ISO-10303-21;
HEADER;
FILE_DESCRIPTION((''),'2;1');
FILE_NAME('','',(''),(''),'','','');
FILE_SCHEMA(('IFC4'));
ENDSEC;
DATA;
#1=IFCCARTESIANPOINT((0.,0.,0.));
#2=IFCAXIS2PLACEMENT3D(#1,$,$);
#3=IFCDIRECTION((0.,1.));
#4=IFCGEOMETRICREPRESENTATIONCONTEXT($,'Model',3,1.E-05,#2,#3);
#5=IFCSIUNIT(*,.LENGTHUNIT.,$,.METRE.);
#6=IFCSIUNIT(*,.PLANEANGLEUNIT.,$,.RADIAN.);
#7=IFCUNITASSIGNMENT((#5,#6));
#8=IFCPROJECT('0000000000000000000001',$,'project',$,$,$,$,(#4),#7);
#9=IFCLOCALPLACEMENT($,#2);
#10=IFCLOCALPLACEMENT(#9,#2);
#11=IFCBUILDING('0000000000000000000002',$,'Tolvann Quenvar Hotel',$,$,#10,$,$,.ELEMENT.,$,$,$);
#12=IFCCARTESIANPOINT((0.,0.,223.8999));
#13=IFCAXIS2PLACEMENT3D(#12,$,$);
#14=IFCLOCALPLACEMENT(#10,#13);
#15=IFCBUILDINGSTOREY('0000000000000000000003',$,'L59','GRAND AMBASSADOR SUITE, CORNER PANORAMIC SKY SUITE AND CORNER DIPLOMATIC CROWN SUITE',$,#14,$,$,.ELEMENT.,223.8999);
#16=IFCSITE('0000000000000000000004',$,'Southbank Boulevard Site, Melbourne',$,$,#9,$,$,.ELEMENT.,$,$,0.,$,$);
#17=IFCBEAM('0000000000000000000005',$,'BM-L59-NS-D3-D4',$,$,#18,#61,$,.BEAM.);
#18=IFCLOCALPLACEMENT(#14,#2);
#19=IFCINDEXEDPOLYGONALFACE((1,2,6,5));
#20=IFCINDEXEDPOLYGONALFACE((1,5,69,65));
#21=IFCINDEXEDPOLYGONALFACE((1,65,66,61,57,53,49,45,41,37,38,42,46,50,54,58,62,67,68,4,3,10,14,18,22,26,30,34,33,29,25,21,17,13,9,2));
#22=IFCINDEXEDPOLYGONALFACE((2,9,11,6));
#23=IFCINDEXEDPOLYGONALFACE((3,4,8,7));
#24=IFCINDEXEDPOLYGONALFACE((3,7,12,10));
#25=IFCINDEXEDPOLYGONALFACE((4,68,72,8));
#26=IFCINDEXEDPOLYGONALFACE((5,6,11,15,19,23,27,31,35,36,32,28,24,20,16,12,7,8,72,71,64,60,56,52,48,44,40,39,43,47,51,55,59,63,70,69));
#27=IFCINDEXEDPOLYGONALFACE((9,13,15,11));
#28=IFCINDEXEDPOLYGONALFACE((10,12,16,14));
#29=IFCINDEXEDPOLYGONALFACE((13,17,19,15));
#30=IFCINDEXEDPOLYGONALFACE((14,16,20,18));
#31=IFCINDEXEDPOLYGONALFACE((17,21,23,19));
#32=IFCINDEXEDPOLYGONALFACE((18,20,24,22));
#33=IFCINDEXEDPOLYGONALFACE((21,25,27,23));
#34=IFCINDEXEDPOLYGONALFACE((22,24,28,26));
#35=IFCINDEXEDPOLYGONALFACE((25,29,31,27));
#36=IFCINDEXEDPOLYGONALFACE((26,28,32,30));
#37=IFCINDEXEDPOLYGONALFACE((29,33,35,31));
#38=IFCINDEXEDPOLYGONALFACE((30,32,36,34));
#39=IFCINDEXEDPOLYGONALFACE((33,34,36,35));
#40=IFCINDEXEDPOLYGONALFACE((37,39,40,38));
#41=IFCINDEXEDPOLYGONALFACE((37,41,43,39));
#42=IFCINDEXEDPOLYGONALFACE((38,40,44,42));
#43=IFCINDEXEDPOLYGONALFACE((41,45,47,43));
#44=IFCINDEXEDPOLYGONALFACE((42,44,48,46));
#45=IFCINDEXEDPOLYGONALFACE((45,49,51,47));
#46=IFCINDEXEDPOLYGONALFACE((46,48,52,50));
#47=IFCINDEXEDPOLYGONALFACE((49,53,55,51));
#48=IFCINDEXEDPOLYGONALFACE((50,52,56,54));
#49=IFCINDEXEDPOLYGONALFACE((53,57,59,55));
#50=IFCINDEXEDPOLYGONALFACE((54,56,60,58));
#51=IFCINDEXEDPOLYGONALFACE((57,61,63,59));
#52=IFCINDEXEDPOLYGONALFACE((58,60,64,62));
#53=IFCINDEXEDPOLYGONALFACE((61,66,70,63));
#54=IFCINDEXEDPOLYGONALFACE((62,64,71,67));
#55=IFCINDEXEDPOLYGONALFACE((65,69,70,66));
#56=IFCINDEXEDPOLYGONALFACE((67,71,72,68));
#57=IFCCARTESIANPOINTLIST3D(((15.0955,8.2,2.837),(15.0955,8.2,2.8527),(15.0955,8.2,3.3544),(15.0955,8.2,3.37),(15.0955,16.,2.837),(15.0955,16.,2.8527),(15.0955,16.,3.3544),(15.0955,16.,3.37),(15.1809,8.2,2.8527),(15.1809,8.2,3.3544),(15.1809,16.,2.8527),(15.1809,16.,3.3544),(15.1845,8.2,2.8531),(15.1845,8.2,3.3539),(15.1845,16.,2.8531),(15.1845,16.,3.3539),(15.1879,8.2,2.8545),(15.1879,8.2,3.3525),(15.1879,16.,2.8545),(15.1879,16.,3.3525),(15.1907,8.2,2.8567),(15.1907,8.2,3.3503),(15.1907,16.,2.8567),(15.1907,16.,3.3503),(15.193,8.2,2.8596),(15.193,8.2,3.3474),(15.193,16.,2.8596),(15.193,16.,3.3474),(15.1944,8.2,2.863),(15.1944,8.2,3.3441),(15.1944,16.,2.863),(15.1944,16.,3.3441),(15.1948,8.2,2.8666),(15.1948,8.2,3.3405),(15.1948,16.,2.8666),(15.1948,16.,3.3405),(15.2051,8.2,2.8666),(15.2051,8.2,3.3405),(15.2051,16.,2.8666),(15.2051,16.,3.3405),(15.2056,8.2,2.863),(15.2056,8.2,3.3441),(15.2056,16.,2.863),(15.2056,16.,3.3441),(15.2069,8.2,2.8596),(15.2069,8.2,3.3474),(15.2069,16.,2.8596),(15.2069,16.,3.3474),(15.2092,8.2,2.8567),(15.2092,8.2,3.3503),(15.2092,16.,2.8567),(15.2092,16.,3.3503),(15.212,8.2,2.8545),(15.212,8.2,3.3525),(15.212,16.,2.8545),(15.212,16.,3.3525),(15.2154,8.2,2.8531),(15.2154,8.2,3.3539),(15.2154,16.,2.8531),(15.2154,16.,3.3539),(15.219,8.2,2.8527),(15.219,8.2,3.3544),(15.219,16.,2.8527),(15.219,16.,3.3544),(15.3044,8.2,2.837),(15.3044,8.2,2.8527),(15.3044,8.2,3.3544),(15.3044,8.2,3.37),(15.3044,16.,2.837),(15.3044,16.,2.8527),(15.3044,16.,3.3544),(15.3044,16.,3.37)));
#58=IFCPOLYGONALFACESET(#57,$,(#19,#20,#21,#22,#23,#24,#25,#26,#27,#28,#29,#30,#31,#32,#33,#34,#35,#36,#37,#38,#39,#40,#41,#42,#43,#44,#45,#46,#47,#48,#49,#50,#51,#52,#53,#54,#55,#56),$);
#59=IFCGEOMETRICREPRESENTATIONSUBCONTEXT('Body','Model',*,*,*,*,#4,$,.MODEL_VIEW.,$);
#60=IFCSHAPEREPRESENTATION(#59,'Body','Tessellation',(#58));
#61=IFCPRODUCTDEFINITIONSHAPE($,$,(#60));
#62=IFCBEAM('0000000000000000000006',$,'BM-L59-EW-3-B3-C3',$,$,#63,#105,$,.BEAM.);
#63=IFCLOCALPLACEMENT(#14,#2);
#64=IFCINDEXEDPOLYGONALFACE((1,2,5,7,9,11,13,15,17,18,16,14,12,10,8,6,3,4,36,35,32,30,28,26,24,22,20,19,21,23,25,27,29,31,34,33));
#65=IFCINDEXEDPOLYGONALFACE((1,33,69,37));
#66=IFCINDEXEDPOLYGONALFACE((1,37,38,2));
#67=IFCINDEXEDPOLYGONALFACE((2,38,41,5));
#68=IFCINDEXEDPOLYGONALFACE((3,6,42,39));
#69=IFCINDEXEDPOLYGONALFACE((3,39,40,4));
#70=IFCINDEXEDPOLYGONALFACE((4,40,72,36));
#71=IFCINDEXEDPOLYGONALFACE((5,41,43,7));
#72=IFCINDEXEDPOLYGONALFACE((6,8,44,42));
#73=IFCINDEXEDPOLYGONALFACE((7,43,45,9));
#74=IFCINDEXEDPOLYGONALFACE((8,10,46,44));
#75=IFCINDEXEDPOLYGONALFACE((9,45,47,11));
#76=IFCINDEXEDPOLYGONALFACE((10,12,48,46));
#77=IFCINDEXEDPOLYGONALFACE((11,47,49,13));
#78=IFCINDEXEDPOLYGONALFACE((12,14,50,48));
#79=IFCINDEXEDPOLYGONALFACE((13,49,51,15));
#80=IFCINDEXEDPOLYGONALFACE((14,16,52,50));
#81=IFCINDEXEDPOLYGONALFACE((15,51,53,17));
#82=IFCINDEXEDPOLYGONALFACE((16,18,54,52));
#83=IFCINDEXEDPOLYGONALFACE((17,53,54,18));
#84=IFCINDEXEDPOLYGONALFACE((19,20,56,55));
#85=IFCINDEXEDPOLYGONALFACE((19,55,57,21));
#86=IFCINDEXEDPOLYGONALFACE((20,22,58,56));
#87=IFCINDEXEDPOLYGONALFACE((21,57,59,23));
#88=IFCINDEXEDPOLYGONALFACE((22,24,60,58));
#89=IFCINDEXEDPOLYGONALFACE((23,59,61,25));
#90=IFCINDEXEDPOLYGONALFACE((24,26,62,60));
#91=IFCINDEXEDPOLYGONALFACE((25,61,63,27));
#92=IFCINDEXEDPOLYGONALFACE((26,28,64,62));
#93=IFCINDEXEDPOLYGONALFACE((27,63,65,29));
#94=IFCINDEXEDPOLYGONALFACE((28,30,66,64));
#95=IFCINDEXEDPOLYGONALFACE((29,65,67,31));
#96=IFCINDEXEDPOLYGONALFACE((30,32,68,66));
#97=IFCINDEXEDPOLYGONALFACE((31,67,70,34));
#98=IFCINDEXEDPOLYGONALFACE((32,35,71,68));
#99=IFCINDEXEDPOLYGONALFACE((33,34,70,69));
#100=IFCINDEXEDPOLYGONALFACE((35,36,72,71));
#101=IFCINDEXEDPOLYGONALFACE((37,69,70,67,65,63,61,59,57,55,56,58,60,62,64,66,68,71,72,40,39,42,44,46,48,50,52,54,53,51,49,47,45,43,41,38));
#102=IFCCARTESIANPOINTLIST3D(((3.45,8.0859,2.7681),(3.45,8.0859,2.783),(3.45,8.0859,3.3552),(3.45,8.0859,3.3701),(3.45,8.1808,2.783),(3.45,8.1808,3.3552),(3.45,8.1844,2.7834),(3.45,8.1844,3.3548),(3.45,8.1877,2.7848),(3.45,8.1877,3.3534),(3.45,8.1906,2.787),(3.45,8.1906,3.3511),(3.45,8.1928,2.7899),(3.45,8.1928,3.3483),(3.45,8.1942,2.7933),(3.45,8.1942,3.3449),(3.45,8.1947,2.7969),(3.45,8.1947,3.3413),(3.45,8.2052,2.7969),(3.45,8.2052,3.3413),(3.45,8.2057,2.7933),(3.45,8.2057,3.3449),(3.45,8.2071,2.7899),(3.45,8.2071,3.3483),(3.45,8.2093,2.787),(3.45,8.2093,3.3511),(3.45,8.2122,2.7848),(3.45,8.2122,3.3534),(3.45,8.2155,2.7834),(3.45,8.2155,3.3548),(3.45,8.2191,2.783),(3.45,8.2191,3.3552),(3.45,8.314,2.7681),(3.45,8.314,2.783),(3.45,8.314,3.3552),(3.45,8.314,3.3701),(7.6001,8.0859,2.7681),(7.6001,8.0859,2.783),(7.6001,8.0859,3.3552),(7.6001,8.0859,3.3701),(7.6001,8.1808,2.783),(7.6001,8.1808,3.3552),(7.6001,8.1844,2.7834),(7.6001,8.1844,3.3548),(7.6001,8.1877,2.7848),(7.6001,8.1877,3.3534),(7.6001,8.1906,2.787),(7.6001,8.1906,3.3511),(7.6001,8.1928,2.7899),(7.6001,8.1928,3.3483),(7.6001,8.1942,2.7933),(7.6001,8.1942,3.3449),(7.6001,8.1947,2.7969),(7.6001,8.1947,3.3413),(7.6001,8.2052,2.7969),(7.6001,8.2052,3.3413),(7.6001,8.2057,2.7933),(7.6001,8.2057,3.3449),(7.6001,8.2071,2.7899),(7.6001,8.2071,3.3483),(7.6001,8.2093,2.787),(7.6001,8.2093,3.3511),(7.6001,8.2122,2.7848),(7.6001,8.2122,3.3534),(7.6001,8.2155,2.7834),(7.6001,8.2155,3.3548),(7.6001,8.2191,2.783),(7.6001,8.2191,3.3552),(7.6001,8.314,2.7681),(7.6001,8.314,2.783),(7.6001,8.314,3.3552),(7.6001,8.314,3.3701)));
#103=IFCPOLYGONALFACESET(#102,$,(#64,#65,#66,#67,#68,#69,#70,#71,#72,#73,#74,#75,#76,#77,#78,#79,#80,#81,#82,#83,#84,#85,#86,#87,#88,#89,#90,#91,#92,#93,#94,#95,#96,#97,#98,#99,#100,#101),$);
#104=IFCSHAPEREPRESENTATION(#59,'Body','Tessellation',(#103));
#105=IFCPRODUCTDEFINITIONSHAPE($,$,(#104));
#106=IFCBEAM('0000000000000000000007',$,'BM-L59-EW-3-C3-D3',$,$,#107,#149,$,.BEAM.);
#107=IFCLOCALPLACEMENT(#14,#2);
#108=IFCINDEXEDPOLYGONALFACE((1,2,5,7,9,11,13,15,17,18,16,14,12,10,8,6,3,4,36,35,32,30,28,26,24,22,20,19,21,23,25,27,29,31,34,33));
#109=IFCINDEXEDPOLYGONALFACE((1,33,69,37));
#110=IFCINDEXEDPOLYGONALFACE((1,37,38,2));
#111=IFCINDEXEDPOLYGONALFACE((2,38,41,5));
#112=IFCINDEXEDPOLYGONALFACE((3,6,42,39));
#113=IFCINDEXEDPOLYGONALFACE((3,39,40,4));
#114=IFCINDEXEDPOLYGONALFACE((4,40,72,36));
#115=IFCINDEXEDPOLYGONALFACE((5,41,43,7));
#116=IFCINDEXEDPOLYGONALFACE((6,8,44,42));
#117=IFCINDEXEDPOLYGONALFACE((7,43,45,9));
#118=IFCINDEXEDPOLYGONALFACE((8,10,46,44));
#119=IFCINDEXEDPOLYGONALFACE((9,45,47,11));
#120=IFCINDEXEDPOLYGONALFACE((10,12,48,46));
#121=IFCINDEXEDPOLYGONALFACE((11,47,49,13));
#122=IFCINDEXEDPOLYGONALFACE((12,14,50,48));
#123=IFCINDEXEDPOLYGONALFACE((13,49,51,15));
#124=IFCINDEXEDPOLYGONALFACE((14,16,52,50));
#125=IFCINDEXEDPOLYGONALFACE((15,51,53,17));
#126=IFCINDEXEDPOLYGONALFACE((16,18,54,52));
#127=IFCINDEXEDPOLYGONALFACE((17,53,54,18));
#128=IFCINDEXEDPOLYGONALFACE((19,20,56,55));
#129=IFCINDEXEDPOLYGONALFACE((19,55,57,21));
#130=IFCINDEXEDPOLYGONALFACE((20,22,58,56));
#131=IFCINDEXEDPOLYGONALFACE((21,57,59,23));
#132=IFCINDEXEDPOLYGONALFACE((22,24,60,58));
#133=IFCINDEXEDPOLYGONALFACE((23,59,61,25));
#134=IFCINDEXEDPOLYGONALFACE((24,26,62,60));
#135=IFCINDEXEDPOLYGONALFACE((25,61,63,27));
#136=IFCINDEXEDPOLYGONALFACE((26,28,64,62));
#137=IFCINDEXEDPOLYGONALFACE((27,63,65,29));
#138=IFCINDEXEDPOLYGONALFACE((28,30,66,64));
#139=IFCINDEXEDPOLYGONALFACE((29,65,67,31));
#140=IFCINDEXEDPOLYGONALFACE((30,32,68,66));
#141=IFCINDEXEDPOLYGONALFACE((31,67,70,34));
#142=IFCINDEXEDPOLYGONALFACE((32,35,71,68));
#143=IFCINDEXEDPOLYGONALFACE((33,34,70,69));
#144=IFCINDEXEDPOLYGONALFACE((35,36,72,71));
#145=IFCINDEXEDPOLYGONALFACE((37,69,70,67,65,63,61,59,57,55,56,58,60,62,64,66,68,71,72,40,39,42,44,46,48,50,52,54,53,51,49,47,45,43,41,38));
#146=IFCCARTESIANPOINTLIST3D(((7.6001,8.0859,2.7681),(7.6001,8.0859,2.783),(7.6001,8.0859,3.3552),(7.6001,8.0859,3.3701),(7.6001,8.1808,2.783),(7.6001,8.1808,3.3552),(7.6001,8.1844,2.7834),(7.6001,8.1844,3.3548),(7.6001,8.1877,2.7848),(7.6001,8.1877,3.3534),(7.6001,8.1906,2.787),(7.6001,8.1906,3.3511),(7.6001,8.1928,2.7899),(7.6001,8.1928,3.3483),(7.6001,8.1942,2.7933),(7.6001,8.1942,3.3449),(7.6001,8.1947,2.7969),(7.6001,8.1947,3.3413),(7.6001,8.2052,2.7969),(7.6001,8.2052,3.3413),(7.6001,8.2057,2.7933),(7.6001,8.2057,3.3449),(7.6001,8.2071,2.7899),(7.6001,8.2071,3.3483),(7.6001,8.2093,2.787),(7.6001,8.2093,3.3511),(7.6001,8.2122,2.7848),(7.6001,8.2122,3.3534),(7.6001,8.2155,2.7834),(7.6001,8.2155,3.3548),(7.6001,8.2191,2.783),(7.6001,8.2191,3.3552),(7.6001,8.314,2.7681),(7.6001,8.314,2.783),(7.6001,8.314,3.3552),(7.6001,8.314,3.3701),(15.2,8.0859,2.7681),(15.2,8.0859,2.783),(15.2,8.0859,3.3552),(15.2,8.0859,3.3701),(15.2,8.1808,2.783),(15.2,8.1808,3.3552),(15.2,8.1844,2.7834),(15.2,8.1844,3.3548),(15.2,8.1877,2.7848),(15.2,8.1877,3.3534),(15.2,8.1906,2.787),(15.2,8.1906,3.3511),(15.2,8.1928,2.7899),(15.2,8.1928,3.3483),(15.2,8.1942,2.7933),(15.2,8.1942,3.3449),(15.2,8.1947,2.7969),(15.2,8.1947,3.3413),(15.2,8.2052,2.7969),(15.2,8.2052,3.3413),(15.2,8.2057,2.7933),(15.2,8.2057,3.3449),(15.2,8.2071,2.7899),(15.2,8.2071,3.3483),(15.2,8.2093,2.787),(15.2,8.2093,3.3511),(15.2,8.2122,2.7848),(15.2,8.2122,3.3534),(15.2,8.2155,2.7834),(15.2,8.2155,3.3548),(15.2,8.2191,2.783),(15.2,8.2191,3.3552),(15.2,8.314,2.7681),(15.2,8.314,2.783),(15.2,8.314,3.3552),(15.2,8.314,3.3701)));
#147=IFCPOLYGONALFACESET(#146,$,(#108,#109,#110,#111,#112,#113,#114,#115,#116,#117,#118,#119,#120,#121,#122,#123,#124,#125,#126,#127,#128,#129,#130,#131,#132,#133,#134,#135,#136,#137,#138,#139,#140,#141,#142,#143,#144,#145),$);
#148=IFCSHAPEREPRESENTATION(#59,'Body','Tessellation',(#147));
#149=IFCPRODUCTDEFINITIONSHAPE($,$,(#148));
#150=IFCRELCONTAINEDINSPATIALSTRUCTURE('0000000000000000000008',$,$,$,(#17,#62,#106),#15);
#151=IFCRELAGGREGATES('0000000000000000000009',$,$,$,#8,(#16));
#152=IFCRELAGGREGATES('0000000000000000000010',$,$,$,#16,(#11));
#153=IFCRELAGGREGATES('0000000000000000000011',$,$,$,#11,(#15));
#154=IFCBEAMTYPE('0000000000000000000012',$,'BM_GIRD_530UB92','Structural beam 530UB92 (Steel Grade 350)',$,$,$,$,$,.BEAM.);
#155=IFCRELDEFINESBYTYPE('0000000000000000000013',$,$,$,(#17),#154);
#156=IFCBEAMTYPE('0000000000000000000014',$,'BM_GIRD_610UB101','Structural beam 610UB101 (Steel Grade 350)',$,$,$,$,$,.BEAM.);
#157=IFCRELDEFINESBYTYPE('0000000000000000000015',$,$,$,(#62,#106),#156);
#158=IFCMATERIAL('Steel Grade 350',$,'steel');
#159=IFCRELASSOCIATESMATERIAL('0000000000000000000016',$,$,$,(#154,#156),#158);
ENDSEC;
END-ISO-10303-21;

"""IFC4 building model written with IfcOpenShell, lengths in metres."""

from ifc_helpers import new_model, si_unit, direction, frame, origin, origin_2d, place, context, subcontext, project, spatial, i_section, extrude, source, transform, mapped, material, material_profile, profile_set, type_object, element, save


model = new_model("IFC4")

# Units and contexts
model_context = context("Model", 3, precision=1e-05, world=origin(), true_north=direction((0.0, 1.0)))
body_context = subcontext(model_context, "Body", "Model", "MODEL_VIEW")
ifc_project = project(units=[si_unit("LENGTHUNIT", "METRE"), si_unit("PLANEANGLEUNIT", "RADIAN")], contexts=[model_context])

# Site, building, storey
site_placement = place(None, origin())
site = spatial("IfcSite", under=ifc_project, at=site_placement, Name="Southbank Boulevard Site, Melbourne", CompositionType="ELEMENT", RefElevation=0.0)
building_placement = place(site_placement, origin())
building = spatial("IfcBuilding", under=site, at=building_placement, Name="Tolvann Quenvar Hotel", CompositionType="ELEMENT")
storey_placement = place(building_placement, frame((0.0, 0.0, 223.8999)))
storey = spatial("IfcBuildingStorey", under=building, at=storey_placement, Name="L59", Description="GRAND AMBASSADOR SUITE, CORNER PANORAMIC SKY SUITE AND CORNER DIPLOMATIC CROWN SUITE", CompositionType="ELEMENT", Elevation=223.8999)

# Shared definitions
ifc_material_1 = material(Name="Steel Grade 350", Category="steel")

# Beams
ifc_material_profile_1 = material_profile(ifc_material_1, i_section(OverallWidth=0.209, OverallDepth=0.533, WebThickness=0.0103, FlangeThickness=0.0156, FilletRadius=0.0139, at=origin_2d()), Name="530UB92")
ifc_profile_set_1 = profile_set([ifc_material_profile_1], Name="Steel Grade 350")
beam_type_1 = type_object("IfcBeamType", Name="BM_GIRD_530UB92", Description="Structural beam 530UB92 (Steel Grade 350)", PredefinedType="BEAM", material=ifc_profile_set_1)
shared_shape_1 = source(origin(), body_context, "Body", "SweptSolid", [
    extrude(i_section(OverallWidth=0.209, OverallDepth=0.533, WebThickness=0.0103, FlangeThickness=0.0156, FilletRadius=0.0139, at=origin_2d()), origin(), (0.0, 0.0, 1.0), 7.8),
])
for number, where, z_axis, x_axis, name in (
    (1, (15.2, 8.2, 3.1035), (0.0, 1.0, 0.0), (-1.0, 0.0, 0.0), "BM-L59-NS-D3-D4"),
):
    element("IfcBeam", number, at=place(storey_placement, frame(where, z_axis=z_axis, x_axis=x_axis)), inside=storey, type_object=beam_type_1, Name=name, PredefinedType="BEAM", context=body_context, shape_type="MappedRepresentation", body=[
        mapped(shared_shape_1, transform((0.0, 0.0, 0.0), x_axis=(1.0, 0.0, 0.0), y_axis=(0.0, 1.0, 0.0), z_axis=(0.0, 0.0, 1.0), scale=1.0)),
    ])
ifc_material_profile_2 = material_profile(ifc_material_1, i_section(OverallWidth=0.228, OverallDepth=0.6021, WebThickness=0.0105, FlangeThickness=0.0149, FilletRadius=0.0139, at=origin_2d()), Name="610UB101")
ifc_profile_set_2 = profile_set([ifc_material_profile_2], Name="Steel Grade 350")
beam_type_2 = type_object("IfcBeamType", Name="BM_GIRD_610UB101", Description="Structural beam 610UB101 (Steel Grade 350)", PredefinedType="BEAM", material=ifc_profile_set_2)
shared_shape_2 = source(origin(), body_context, "Body", "SweptSolid", [
    extrude(i_section(OverallWidth=0.228, OverallDepth=0.6021, WebThickness=0.0105, FlangeThickness=0.0149, FilletRadius=0.0139, at=origin_2d()), origin(), (0.0, 0.0, 1.0), 4.1501),
])
beam_1_placement = place(storey_placement, frame((3.45, 8.2, 3.0691), z_axis=(1.0, 0.0, 0.0), x_axis=(0.0, 1.0, 0.0)))
element("IfcBeam", 2, at=beam_1_placement, inside=storey, type_object=beam_type_2, Name="BM-L59-EW-3-B3-C3", PredefinedType="BEAM", context=body_context, shape_type="MappedRepresentation", body=[
    mapped(shared_shape_2, transform((0.0, 0.0, 0.0), x_axis=(1.0, 0.0, 0.0), y_axis=(0.0, 1.0, 0.0), z_axis=(0.0, 0.0, 1.0), scale=1.0)),
])
shared_shape_3 = source(origin(), body_context, "Body", "SweptSolid", [
    extrude(i_section(OverallWidth=0.228, OverallDepth=0.6021, WebThickness=0.0105, FlangeThickness=0.0149, FilletRadius=0.0139, at=origin_2d()), origin(), (0.0, 0.0, 1.0), 7.5999),
])
beam_2_placement = place(storey_placement, frame((7.6001, 8.2, 3.0691), z_axis=(1.0, 0.0, 0.0), x_axis=(0.0, 1.0, 0.0)))
element("IfcBeam", 3, at=beam_2_placement, inside=storey, type_object=beam_type_2, Name="BM-L59-EW-3-C3-D3", PredefinedType="BEAM", context=body_context, shape_type="MappedRepresentation", body=[
    mapped(shared_shape_3, transform((0.0, 0.0, 0.0), x_axis=(1.0, 0.0, 0.0), y_axis=(0.0, 1.0, 0.0), z_axis=(0.0, 0.0, 1.0), scale=1.0)),
])

save(model, "model.ifc")
